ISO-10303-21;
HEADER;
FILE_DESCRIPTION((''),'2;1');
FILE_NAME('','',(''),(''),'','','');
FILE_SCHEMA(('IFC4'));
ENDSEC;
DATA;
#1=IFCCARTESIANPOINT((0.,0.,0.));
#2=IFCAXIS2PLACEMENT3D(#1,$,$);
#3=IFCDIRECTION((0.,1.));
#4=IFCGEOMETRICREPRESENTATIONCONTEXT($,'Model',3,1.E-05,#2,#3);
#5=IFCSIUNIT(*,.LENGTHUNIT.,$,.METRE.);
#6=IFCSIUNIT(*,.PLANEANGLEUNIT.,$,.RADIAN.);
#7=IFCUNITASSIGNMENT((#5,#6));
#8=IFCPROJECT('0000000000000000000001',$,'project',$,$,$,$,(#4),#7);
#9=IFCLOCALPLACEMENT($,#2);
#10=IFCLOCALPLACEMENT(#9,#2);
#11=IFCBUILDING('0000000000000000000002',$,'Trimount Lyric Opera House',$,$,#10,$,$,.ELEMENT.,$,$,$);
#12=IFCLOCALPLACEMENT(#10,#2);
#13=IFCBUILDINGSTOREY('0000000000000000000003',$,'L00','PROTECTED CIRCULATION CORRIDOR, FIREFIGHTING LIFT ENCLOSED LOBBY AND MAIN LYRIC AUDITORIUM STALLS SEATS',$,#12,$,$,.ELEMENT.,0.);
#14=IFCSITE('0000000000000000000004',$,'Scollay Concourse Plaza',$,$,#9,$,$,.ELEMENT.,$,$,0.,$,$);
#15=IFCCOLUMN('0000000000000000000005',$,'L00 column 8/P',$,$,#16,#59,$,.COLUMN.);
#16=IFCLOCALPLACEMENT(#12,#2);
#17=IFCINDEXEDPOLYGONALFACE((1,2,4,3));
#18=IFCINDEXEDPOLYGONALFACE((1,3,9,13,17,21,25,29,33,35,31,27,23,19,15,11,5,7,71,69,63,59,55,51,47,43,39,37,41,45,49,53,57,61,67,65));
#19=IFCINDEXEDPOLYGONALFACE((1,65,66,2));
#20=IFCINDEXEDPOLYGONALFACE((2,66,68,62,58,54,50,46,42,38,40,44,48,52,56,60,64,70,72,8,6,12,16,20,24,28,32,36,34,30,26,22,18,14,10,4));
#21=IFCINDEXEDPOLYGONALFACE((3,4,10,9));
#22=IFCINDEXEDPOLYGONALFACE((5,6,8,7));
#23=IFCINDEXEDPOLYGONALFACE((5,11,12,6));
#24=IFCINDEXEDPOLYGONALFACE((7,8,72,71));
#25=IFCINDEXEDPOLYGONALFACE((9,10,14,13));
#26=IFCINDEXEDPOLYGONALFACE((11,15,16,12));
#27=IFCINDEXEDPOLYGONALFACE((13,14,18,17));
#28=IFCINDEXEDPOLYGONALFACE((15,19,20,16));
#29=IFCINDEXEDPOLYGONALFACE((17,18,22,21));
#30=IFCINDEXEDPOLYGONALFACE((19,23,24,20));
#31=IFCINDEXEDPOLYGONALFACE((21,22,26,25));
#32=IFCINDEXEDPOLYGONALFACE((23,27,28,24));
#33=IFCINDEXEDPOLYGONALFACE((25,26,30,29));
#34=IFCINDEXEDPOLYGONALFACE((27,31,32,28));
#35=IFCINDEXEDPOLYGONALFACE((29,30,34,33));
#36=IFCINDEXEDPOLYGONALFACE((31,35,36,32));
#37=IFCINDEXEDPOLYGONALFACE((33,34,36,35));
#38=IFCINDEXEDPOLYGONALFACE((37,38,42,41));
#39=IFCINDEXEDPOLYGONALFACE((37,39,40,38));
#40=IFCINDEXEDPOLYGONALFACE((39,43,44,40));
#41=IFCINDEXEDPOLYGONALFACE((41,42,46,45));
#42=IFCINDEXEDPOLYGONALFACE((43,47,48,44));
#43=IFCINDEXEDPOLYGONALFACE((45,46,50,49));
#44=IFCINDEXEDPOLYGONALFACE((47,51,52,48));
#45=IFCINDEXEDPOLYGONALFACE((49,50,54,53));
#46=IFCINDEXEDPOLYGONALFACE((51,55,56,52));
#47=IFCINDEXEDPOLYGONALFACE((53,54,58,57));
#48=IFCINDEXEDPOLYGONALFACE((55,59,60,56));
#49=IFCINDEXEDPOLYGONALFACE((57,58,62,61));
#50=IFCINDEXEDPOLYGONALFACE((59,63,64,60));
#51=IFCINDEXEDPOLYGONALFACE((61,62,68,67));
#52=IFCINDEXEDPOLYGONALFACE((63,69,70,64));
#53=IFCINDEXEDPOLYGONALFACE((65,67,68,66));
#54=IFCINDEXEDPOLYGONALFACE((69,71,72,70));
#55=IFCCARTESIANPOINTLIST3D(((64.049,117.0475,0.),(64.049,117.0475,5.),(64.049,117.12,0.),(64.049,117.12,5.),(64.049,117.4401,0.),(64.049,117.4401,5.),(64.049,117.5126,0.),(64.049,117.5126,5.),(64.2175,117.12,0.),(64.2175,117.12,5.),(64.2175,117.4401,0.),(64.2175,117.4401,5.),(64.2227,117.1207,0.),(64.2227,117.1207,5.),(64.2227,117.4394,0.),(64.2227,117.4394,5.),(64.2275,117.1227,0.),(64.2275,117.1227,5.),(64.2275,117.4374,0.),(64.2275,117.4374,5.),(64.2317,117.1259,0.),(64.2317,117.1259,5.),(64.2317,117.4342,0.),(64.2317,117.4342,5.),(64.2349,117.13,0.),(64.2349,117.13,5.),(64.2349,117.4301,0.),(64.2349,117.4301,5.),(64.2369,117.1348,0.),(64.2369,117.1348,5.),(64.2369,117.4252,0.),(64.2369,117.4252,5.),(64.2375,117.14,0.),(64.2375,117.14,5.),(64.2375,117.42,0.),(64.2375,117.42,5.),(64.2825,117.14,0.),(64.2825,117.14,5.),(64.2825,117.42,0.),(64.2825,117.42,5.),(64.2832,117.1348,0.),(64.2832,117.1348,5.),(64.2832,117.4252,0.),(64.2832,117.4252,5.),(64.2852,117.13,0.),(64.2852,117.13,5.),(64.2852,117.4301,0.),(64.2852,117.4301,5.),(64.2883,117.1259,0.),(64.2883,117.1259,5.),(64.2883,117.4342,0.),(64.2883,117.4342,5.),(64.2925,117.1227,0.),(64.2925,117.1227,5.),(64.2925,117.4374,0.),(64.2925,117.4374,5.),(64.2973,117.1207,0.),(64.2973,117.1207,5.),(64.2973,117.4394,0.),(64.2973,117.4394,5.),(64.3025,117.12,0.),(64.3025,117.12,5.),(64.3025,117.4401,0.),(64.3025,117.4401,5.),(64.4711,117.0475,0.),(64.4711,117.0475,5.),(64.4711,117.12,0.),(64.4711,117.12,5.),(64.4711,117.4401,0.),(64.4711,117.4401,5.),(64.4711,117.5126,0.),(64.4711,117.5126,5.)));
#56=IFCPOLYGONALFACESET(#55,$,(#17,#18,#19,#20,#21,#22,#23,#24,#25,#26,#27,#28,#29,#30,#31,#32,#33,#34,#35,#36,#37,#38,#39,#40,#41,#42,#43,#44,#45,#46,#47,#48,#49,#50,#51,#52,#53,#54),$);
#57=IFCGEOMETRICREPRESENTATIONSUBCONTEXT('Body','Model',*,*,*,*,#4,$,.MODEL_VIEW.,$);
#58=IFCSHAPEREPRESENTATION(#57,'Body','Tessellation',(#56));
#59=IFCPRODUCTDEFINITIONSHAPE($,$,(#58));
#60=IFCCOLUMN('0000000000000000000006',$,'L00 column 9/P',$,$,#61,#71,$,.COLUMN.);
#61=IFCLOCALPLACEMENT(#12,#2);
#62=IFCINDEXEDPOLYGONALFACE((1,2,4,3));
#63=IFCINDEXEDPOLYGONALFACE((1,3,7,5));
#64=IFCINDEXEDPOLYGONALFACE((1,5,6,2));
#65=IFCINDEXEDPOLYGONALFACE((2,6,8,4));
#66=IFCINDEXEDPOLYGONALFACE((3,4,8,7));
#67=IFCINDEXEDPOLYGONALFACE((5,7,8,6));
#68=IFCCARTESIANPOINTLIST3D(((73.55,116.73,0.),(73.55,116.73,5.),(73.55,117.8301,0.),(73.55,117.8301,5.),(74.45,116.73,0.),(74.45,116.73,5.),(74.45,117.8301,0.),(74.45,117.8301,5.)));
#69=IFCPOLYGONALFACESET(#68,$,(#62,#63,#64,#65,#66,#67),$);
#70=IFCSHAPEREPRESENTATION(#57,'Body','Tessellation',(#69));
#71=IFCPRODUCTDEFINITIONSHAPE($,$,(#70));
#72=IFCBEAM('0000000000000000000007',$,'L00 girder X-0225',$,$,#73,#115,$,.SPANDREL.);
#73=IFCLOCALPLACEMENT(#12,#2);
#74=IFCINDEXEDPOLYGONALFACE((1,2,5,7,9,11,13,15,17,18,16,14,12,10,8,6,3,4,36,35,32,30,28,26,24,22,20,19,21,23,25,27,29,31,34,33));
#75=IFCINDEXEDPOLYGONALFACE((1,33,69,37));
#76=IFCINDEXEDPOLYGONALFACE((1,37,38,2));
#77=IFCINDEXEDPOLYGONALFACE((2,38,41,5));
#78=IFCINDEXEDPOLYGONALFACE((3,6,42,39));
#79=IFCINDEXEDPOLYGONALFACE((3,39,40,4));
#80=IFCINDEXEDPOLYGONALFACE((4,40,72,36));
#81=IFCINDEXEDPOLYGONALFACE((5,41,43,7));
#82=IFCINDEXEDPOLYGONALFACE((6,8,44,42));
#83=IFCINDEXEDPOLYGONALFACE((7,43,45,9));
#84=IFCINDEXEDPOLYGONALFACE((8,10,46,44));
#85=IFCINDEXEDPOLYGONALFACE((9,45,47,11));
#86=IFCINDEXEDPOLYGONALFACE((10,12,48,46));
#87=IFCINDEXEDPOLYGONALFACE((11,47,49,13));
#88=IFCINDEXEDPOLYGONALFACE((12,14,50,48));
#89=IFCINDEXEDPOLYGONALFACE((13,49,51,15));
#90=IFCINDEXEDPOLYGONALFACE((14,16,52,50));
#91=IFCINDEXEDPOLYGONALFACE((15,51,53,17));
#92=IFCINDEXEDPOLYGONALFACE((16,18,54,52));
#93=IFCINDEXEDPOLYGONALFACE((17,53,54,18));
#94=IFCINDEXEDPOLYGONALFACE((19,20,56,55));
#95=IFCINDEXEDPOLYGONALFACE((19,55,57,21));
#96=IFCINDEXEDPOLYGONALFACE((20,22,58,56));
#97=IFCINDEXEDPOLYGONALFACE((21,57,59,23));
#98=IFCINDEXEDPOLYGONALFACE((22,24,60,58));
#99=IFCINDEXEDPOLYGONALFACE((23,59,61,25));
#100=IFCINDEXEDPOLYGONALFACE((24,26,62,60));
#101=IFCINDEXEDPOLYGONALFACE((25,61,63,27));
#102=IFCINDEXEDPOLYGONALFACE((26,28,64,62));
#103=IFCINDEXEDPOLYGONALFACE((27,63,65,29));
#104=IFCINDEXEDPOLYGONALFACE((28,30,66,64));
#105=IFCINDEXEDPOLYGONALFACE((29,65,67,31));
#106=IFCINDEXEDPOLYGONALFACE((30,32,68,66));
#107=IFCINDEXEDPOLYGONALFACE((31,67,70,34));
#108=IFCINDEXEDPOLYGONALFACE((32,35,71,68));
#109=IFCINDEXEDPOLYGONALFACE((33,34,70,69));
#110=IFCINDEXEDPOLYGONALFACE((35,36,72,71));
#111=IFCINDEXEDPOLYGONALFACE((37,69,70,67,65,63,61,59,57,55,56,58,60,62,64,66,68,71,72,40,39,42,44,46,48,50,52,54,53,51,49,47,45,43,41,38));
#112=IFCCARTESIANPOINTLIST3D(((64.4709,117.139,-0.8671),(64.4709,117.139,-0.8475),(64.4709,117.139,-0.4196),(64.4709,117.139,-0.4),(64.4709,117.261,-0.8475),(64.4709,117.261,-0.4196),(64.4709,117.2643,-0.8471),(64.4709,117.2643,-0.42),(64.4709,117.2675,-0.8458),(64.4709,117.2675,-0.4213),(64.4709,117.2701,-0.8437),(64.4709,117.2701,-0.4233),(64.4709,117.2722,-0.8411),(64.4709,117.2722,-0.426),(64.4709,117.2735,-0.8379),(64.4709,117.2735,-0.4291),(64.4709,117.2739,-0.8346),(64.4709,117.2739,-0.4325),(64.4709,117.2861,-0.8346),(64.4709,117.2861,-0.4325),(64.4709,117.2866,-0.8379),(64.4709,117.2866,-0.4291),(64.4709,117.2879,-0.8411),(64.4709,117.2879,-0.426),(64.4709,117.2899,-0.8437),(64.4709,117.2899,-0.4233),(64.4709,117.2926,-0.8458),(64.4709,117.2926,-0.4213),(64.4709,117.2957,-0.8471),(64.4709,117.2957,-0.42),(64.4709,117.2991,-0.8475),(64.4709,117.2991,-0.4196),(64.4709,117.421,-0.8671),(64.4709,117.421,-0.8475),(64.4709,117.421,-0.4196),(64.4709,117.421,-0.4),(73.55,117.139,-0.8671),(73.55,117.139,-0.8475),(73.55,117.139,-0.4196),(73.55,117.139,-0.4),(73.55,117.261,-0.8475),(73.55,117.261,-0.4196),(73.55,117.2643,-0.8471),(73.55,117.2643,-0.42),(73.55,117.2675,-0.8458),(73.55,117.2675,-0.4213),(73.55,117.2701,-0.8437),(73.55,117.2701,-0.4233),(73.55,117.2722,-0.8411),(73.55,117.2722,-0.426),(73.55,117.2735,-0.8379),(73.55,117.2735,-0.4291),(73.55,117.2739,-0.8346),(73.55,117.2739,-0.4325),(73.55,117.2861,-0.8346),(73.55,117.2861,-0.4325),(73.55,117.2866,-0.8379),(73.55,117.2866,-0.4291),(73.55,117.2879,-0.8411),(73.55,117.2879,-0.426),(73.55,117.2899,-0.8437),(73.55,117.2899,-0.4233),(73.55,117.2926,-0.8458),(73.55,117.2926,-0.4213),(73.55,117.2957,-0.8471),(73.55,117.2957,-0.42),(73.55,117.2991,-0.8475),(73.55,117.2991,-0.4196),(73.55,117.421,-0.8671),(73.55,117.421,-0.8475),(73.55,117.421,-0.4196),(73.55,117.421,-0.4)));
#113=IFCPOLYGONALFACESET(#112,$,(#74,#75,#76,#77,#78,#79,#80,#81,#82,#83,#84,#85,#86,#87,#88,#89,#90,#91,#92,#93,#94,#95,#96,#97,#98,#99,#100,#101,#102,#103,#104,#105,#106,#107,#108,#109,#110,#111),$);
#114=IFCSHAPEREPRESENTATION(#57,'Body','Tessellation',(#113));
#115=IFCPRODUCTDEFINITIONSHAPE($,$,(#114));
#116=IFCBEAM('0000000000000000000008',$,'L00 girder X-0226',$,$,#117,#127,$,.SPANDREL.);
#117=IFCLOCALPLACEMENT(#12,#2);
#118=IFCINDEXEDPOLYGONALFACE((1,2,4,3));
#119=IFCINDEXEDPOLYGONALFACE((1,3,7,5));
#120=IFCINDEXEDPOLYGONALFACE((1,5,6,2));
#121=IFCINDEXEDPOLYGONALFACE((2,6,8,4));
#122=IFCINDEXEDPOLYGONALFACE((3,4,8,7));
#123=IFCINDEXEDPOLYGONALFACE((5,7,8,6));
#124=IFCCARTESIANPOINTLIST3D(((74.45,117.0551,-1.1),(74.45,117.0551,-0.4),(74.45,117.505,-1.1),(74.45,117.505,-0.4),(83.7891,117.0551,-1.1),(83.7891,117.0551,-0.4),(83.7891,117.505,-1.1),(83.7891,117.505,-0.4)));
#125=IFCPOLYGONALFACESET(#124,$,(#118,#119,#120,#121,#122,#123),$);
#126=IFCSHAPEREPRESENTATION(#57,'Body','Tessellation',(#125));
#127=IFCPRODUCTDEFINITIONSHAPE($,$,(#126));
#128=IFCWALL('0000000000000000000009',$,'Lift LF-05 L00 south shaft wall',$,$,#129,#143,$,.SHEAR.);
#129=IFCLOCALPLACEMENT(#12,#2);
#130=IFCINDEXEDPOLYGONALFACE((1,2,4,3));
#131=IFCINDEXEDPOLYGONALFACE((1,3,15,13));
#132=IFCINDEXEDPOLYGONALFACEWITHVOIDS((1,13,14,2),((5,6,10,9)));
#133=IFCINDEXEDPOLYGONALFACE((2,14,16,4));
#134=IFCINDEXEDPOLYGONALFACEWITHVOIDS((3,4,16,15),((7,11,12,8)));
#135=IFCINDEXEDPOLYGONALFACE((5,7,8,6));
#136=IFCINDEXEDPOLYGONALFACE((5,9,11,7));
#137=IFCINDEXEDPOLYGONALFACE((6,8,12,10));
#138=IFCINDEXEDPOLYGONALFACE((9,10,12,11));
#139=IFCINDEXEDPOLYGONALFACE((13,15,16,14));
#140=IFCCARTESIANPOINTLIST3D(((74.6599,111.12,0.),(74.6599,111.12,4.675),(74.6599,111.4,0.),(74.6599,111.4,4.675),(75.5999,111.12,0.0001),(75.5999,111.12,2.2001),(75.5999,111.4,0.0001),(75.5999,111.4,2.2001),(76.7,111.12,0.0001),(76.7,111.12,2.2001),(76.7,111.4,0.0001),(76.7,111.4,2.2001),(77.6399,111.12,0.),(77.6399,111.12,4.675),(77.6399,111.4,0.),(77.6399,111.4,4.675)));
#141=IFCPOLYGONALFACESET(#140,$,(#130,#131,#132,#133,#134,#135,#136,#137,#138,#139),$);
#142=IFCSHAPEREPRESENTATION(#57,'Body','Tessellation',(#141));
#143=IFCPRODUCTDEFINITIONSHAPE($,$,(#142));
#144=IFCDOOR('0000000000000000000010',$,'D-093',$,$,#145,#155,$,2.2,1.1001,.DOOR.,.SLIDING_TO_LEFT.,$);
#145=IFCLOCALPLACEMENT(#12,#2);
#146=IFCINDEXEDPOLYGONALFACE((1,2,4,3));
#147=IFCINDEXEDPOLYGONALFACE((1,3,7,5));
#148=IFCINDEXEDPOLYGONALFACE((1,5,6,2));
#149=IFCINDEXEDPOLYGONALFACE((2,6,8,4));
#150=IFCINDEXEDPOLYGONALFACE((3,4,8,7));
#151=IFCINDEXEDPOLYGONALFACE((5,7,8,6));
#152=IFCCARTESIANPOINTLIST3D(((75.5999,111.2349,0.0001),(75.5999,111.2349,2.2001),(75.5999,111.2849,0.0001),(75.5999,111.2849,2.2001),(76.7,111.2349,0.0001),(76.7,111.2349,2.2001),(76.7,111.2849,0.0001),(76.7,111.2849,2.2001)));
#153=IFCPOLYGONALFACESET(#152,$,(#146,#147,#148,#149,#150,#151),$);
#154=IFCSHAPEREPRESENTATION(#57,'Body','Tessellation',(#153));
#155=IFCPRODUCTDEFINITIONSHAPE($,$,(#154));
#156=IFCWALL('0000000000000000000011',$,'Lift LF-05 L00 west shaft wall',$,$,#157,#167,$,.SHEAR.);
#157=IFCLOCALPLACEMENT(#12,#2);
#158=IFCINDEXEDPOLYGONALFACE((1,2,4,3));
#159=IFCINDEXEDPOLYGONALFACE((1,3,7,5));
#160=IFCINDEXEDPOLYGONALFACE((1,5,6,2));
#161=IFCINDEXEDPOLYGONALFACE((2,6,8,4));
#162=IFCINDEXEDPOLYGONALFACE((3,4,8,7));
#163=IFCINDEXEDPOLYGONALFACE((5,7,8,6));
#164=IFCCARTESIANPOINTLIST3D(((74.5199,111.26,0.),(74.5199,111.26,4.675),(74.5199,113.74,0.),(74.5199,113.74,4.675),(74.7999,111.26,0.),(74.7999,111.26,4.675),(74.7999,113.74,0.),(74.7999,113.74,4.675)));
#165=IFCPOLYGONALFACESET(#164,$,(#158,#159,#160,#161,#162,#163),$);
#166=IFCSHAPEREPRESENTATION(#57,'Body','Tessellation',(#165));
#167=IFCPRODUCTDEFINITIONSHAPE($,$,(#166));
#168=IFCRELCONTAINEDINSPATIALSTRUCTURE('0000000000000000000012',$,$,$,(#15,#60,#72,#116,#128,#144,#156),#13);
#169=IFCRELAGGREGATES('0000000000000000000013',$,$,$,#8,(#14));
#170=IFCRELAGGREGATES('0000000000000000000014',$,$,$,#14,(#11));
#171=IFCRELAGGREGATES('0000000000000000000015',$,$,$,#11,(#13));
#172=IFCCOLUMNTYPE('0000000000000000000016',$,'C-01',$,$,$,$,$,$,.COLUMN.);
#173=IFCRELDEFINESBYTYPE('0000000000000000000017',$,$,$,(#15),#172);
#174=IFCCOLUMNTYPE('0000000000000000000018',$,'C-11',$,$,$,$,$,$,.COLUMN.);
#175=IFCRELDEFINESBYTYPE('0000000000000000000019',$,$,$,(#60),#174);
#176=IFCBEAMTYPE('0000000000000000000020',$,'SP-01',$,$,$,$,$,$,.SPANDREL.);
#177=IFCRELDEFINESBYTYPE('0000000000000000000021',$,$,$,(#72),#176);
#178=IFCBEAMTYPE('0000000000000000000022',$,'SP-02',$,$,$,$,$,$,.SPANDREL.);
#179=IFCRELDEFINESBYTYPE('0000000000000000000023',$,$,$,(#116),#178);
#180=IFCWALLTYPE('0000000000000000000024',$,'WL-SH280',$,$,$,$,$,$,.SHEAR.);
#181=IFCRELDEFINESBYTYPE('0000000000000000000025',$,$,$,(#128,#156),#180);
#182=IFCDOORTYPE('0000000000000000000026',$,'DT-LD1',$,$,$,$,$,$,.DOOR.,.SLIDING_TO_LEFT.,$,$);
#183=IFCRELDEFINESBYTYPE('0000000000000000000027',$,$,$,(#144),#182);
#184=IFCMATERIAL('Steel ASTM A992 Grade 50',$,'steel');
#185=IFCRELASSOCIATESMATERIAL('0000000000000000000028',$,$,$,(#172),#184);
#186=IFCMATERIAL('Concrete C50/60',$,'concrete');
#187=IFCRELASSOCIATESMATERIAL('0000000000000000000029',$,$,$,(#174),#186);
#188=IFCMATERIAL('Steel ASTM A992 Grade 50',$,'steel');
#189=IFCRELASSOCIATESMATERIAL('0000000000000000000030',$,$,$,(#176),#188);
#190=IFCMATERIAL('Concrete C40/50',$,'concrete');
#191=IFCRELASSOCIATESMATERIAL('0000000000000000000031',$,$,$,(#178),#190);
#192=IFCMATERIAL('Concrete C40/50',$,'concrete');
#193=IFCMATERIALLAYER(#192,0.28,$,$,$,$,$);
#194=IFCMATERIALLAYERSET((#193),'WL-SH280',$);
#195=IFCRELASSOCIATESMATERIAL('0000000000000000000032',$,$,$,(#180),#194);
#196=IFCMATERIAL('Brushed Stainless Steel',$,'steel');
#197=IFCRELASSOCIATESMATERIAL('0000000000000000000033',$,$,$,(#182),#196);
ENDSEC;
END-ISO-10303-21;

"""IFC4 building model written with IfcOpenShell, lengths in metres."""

from ifc_helpers import new_model, si_unit, direction, frame, frame_2d, origin, origin_2d, place, context, subcontext, project, spatial, rectangle, i_section, extrude, material, layer, layer_set, material_profile, profile_set, type_object, element, fill, save


model = new_model("IFC4")

# Units and contexts
model_context = context("Model", 3, precision=1e-05, world=origin(), true_north=direction((0.0, 1.0)))
body_context = subcontext(model_context, "Body", "Model", "MODEL_VIEW")
ifc_project = project(units=[si_unit("LENGTHUNIT", "METRE"), si_unit("PLANEANGLEUNIT", "RADIAN")], contexts=[model_context])

# Site, building, storey
site_placement = place(None, origin())
site = spatial("IfcSite", under=ifc_project, at=site_placement, Name="Scollay Concourse Plaza", CompositionType="ELEMENT", RefElevation=0.0)
building_placement = place(site_placement, origin())
building = spatial("IfcBuilding", under=site, at=building_placement, Name="Trimount Lyric Opera House", CompositionType="ELEMENT")
storey_placement = place(building_placement, origin())
storey = spatial("IfcBuildingStorey", under=building, at=storey_placement, Name="L00", Description="PROTECTED CIRCULATION CORRIDOR, FIREFIGHTING LIFT ENCLOSED LOBBY AND MAIN LYRIC AUDITORIUM STALLS SEATS", CompositionType="ELEMENT", Elevation=0.0)

# Columns
ifc_material_1 = material(Name="Steel ASTM A992 Grade 50", Category="steel")
ifc_material_profile_1 = material_profile(ifc_material_1, i_section(OverallWidth=0.4221, OverallDepth=0.4651, WebThickness=0.0449, FlangeThickness=0.0725, FilletRadius=0.02, at=origin_2d()), Name="W14X398")
ifc_profile_set_1 = profile_set([ifc_material_profile_1], Name="Steel ASTM A992 Grade 50")
column_type_1 = type_object("IfcColumnType", Name="C-01", PredefinedType="COLUMN", material=ifc_profile_set_1)
column_1_placement = place(storey_placement, frame((64.26, 117.28, 0.0), z_axis=(0.0, 0.0, 1.0), x_axis=(1.0, 0.0, 0.0)))
element("IfcColumn", 1, at=column_1_placement, inside=storey, type_object=column_type_1, Name="L00 column 8/P", PredefinedType="COLUMN", context=body_context, shape_type="SweptSolid", body=[
    extrude(i_section(OverallWidth=0.4221, OverallDepth=0.4651, WebThickness=0.0449, FlangeThickness=0.0725, FilletRadius=0.02, at=origin_2d()), origin(), (0.0, 0.0, 1.0), 5.0),
])
ifc_material_2 = material(Name="Concrete C50/60", Category="concrete")
ifc_material_profile_2 = material_profile(ifc_material_2, rectangle(XDim=0.8999, YDim=1.1001, at=origin_2d()), Name="RC1100X900")
ifc_profile_set_2 = profile_set([ifc_material_profile_2], Name="Concrete C50/60")
column_type_2 = type_object("IfcColumnType", Name="C-11", PredefinedType="COLUMN", material=ifc_profile_set_2)
column_2_placement = place(storey_placement, frame((74.0, 117.28, 0.0), z_axis=(0.0, 0.0, 1.0), x_axis=(1.0, 0.0, 0.0)))
element("IfcColumn", 2, at=column_2_placement, inside=storey, type_object=column_type_2, Name="L00 column 9/P", PredefinedType="COLUMN", context=body_context, shape_type="SweptSolid", body=[
    extrude(rectangle(XDim=0.8999, YDim=1.1001, at=origin_2d()), origin(), (0.0, 0.0, 1.0), 5.0),
])

# Beams
ifc_material_3 = material(Name="Steel ASTM A992 Grade 50", Category="steel")
ifc_material_profile_3 = material_profile(ifc_material_3, i_section(OverallWidth=0.282, OverallDepth=0.467, WebThickness=0.0122, FlangeThickness=0.0195, FilletRadius=0.0129, at=origin_2d()), Name="W18X86")
ifc_profile_set_3 = profile_set([ifc_material_profile_3], Name="Steel ASTM A992 Grade 50")
beam_type_1 = type_object("IfcBeamType", Name="SP-01", PredefinedType="SPANDREL", material=ifc_profile_set_3)
beam_1_placement = place(storey_placement, frame((64.4709, 117.28, -0.6335), z_axis=(1.0, 0.0, 0.0), x_axis=(0.0, 1.0, 0.0)))
element("IfcBeam", 3, at=beam_1_placement, inside=storey, type_object=beam_type_1, Name="L00 girder X-0225", PredefinedType="SPANDREL", context=body_context, shape_type="SweptSolid", body=[
    extrude(i_section(OverallWidth=0.282, OverallDepth=0.467, WebThickness=0.0122, FlangeThickness=0.0195, FilletRadius=0.0129, at=origin_2d()), origin(), (0.0, 0.0, 1.0), 9.0791),
])
ifc_material_4 = material(Name="Concrete C40/50", Category="concrete")
ifc_material_profile_4 = material_profile(ifc_material_4, rectangle(XDim=0.45, YDim=0.7, at=origin_2d()), Name="RC450X700")
ifc_profile_set_4 = profile_set([ifc_material_profile_4], Name="Concrete C40/50")
beam_type_2 = type_object("IfcBeamType", Name="SP-02", PredefinedType="SPANDREL", material=ifc_profile_set_4)
beam_2_placement = place(storey_placement, frame((74.45, 117.28, -0.75), z_axis=(1.0, 0.0, 0.0), x_axis=(0.0, 1.0, 0.0)))
element("IfcBeam", 4, at=beam_2_placement, inside=storey, type_object=beam_type_2, Name="L00 girder X-0226", PredefinedType="SPANDREL", context=body_context, shape_type="SweptSolid", body=[
    extrude(rectangle(XDim=0.45, YDim=0.7, at=origin_2d()), origin(), (0.0, 0.0, 1.0), 9.3391),
])

# Wall, opening, door
ifc_material_5 = material(Name="Concrete C40/50", Category="concrete")
ifc_layer_1 = layer(ifc_material_5, 0.28)
ifc_layer_set_1 = layer_set([ifc_layer_1], Name="WL-SH280")
wall_type_1 = type_object("IfcWallType", Name="WL-SH280", PredefinedType="SHEAR", material=ifc_layer_set_1)
wall_1_placement = place(storey_placement, frame((74.6599, 111.26, 0.0), z_axis=(0.0, 0.0, 1.0), x_axis=(1.0, 0.0, 0.0)))
wall_1 = element("IfcWall", 5, at=wall_1_placement, inside=storey, type_object=wall_type_1, Name="Lift LF-05 L00 south shaft wall", PredefinedType="SHEAR", context=body_context, shape_type="SweptSolid", body=[
    extrude(rectangle(XDim=2.98, YDim=0.28, at=frame_2d((1.49, 0.0))), origin(), (0.0, 0.0, 1.0), 4.675),
])
opening_1_placement = place(wall_1_placement, frame((0.9399, 0.0, 0.0)))
opening_1 = element("IfcOpeningElement", 6, at=opening_1_placement, cuts=wall_1, PredefinedType="OPENING", context=body_context, shape_type="SweptSolid", body=[
    extrude(rectangle(XDim=1.1001, YDim=2.2, at=frame_2d((0.55, 1.1001))), frame((0.0, 0.1499, 0.0), z_axis=(0.0, -1.0, 0.0), x_axis=(1.0, 0.0, 0.0)), (0.0, 0.0, 1.0), 0.3),
])
ifc_material_6 = material(Name="Brushed Stainless Steel", Category="steel")
door_type_1 = type_object("IfcDoorType", Name="DT-LD1", OperationType="SLIDING_TO_LEFT", PredefinedType="DOOR", material=ifc_material_6)
door_1_placement = place(opening_1_placement, origin())
door_1 = element("IfcDoor", 7, at=door_1_placement, inside=storey, type_object=door_type_1, Name="D-093", OperationType="SLIDING_TO_LEFT", OverallHeight=2.2, OverallWidth=1.1001, PredefinedType="DOOR", context=body_context, shape_type="SweptSolid", body=[
    extrude(rectangle(XDim=1.1001, YDim=2.2, at=frame_2d((0.55, 1.1001))), frame((0.0, 0.0249, 0.0), z_axis=(0.0, -1.0, 0.0), x_axis=(1.0, 0.0, 0.0)), (0.0, 0.0, 1.0), 0.05),
])
fill(opening_1, door_1)

# Wall
wall_2_placement = place(storey_placement, frame((74.6599, 113.74, 0.0), z_axis=(0.0, 0.0, 1.0), x_axis=(0.0, -1.0, 0.0)))
element("IfcWall", 8, at=wall_2_placement, inside=storey, type_object=wall_type_1, Name="Lift LF-05 L00 west shaft wall", PredefinedType="SHEAR", context=body_context, shape_type="SweptSolid", body=[
    extrude(rectangle(XDim=2.48, YDim=0.28, at=frame_2d((1.24, 0.0))), origin(), (0.0, 0.0, 1.0), 4.675),
])

save(model, "model.ifc")
